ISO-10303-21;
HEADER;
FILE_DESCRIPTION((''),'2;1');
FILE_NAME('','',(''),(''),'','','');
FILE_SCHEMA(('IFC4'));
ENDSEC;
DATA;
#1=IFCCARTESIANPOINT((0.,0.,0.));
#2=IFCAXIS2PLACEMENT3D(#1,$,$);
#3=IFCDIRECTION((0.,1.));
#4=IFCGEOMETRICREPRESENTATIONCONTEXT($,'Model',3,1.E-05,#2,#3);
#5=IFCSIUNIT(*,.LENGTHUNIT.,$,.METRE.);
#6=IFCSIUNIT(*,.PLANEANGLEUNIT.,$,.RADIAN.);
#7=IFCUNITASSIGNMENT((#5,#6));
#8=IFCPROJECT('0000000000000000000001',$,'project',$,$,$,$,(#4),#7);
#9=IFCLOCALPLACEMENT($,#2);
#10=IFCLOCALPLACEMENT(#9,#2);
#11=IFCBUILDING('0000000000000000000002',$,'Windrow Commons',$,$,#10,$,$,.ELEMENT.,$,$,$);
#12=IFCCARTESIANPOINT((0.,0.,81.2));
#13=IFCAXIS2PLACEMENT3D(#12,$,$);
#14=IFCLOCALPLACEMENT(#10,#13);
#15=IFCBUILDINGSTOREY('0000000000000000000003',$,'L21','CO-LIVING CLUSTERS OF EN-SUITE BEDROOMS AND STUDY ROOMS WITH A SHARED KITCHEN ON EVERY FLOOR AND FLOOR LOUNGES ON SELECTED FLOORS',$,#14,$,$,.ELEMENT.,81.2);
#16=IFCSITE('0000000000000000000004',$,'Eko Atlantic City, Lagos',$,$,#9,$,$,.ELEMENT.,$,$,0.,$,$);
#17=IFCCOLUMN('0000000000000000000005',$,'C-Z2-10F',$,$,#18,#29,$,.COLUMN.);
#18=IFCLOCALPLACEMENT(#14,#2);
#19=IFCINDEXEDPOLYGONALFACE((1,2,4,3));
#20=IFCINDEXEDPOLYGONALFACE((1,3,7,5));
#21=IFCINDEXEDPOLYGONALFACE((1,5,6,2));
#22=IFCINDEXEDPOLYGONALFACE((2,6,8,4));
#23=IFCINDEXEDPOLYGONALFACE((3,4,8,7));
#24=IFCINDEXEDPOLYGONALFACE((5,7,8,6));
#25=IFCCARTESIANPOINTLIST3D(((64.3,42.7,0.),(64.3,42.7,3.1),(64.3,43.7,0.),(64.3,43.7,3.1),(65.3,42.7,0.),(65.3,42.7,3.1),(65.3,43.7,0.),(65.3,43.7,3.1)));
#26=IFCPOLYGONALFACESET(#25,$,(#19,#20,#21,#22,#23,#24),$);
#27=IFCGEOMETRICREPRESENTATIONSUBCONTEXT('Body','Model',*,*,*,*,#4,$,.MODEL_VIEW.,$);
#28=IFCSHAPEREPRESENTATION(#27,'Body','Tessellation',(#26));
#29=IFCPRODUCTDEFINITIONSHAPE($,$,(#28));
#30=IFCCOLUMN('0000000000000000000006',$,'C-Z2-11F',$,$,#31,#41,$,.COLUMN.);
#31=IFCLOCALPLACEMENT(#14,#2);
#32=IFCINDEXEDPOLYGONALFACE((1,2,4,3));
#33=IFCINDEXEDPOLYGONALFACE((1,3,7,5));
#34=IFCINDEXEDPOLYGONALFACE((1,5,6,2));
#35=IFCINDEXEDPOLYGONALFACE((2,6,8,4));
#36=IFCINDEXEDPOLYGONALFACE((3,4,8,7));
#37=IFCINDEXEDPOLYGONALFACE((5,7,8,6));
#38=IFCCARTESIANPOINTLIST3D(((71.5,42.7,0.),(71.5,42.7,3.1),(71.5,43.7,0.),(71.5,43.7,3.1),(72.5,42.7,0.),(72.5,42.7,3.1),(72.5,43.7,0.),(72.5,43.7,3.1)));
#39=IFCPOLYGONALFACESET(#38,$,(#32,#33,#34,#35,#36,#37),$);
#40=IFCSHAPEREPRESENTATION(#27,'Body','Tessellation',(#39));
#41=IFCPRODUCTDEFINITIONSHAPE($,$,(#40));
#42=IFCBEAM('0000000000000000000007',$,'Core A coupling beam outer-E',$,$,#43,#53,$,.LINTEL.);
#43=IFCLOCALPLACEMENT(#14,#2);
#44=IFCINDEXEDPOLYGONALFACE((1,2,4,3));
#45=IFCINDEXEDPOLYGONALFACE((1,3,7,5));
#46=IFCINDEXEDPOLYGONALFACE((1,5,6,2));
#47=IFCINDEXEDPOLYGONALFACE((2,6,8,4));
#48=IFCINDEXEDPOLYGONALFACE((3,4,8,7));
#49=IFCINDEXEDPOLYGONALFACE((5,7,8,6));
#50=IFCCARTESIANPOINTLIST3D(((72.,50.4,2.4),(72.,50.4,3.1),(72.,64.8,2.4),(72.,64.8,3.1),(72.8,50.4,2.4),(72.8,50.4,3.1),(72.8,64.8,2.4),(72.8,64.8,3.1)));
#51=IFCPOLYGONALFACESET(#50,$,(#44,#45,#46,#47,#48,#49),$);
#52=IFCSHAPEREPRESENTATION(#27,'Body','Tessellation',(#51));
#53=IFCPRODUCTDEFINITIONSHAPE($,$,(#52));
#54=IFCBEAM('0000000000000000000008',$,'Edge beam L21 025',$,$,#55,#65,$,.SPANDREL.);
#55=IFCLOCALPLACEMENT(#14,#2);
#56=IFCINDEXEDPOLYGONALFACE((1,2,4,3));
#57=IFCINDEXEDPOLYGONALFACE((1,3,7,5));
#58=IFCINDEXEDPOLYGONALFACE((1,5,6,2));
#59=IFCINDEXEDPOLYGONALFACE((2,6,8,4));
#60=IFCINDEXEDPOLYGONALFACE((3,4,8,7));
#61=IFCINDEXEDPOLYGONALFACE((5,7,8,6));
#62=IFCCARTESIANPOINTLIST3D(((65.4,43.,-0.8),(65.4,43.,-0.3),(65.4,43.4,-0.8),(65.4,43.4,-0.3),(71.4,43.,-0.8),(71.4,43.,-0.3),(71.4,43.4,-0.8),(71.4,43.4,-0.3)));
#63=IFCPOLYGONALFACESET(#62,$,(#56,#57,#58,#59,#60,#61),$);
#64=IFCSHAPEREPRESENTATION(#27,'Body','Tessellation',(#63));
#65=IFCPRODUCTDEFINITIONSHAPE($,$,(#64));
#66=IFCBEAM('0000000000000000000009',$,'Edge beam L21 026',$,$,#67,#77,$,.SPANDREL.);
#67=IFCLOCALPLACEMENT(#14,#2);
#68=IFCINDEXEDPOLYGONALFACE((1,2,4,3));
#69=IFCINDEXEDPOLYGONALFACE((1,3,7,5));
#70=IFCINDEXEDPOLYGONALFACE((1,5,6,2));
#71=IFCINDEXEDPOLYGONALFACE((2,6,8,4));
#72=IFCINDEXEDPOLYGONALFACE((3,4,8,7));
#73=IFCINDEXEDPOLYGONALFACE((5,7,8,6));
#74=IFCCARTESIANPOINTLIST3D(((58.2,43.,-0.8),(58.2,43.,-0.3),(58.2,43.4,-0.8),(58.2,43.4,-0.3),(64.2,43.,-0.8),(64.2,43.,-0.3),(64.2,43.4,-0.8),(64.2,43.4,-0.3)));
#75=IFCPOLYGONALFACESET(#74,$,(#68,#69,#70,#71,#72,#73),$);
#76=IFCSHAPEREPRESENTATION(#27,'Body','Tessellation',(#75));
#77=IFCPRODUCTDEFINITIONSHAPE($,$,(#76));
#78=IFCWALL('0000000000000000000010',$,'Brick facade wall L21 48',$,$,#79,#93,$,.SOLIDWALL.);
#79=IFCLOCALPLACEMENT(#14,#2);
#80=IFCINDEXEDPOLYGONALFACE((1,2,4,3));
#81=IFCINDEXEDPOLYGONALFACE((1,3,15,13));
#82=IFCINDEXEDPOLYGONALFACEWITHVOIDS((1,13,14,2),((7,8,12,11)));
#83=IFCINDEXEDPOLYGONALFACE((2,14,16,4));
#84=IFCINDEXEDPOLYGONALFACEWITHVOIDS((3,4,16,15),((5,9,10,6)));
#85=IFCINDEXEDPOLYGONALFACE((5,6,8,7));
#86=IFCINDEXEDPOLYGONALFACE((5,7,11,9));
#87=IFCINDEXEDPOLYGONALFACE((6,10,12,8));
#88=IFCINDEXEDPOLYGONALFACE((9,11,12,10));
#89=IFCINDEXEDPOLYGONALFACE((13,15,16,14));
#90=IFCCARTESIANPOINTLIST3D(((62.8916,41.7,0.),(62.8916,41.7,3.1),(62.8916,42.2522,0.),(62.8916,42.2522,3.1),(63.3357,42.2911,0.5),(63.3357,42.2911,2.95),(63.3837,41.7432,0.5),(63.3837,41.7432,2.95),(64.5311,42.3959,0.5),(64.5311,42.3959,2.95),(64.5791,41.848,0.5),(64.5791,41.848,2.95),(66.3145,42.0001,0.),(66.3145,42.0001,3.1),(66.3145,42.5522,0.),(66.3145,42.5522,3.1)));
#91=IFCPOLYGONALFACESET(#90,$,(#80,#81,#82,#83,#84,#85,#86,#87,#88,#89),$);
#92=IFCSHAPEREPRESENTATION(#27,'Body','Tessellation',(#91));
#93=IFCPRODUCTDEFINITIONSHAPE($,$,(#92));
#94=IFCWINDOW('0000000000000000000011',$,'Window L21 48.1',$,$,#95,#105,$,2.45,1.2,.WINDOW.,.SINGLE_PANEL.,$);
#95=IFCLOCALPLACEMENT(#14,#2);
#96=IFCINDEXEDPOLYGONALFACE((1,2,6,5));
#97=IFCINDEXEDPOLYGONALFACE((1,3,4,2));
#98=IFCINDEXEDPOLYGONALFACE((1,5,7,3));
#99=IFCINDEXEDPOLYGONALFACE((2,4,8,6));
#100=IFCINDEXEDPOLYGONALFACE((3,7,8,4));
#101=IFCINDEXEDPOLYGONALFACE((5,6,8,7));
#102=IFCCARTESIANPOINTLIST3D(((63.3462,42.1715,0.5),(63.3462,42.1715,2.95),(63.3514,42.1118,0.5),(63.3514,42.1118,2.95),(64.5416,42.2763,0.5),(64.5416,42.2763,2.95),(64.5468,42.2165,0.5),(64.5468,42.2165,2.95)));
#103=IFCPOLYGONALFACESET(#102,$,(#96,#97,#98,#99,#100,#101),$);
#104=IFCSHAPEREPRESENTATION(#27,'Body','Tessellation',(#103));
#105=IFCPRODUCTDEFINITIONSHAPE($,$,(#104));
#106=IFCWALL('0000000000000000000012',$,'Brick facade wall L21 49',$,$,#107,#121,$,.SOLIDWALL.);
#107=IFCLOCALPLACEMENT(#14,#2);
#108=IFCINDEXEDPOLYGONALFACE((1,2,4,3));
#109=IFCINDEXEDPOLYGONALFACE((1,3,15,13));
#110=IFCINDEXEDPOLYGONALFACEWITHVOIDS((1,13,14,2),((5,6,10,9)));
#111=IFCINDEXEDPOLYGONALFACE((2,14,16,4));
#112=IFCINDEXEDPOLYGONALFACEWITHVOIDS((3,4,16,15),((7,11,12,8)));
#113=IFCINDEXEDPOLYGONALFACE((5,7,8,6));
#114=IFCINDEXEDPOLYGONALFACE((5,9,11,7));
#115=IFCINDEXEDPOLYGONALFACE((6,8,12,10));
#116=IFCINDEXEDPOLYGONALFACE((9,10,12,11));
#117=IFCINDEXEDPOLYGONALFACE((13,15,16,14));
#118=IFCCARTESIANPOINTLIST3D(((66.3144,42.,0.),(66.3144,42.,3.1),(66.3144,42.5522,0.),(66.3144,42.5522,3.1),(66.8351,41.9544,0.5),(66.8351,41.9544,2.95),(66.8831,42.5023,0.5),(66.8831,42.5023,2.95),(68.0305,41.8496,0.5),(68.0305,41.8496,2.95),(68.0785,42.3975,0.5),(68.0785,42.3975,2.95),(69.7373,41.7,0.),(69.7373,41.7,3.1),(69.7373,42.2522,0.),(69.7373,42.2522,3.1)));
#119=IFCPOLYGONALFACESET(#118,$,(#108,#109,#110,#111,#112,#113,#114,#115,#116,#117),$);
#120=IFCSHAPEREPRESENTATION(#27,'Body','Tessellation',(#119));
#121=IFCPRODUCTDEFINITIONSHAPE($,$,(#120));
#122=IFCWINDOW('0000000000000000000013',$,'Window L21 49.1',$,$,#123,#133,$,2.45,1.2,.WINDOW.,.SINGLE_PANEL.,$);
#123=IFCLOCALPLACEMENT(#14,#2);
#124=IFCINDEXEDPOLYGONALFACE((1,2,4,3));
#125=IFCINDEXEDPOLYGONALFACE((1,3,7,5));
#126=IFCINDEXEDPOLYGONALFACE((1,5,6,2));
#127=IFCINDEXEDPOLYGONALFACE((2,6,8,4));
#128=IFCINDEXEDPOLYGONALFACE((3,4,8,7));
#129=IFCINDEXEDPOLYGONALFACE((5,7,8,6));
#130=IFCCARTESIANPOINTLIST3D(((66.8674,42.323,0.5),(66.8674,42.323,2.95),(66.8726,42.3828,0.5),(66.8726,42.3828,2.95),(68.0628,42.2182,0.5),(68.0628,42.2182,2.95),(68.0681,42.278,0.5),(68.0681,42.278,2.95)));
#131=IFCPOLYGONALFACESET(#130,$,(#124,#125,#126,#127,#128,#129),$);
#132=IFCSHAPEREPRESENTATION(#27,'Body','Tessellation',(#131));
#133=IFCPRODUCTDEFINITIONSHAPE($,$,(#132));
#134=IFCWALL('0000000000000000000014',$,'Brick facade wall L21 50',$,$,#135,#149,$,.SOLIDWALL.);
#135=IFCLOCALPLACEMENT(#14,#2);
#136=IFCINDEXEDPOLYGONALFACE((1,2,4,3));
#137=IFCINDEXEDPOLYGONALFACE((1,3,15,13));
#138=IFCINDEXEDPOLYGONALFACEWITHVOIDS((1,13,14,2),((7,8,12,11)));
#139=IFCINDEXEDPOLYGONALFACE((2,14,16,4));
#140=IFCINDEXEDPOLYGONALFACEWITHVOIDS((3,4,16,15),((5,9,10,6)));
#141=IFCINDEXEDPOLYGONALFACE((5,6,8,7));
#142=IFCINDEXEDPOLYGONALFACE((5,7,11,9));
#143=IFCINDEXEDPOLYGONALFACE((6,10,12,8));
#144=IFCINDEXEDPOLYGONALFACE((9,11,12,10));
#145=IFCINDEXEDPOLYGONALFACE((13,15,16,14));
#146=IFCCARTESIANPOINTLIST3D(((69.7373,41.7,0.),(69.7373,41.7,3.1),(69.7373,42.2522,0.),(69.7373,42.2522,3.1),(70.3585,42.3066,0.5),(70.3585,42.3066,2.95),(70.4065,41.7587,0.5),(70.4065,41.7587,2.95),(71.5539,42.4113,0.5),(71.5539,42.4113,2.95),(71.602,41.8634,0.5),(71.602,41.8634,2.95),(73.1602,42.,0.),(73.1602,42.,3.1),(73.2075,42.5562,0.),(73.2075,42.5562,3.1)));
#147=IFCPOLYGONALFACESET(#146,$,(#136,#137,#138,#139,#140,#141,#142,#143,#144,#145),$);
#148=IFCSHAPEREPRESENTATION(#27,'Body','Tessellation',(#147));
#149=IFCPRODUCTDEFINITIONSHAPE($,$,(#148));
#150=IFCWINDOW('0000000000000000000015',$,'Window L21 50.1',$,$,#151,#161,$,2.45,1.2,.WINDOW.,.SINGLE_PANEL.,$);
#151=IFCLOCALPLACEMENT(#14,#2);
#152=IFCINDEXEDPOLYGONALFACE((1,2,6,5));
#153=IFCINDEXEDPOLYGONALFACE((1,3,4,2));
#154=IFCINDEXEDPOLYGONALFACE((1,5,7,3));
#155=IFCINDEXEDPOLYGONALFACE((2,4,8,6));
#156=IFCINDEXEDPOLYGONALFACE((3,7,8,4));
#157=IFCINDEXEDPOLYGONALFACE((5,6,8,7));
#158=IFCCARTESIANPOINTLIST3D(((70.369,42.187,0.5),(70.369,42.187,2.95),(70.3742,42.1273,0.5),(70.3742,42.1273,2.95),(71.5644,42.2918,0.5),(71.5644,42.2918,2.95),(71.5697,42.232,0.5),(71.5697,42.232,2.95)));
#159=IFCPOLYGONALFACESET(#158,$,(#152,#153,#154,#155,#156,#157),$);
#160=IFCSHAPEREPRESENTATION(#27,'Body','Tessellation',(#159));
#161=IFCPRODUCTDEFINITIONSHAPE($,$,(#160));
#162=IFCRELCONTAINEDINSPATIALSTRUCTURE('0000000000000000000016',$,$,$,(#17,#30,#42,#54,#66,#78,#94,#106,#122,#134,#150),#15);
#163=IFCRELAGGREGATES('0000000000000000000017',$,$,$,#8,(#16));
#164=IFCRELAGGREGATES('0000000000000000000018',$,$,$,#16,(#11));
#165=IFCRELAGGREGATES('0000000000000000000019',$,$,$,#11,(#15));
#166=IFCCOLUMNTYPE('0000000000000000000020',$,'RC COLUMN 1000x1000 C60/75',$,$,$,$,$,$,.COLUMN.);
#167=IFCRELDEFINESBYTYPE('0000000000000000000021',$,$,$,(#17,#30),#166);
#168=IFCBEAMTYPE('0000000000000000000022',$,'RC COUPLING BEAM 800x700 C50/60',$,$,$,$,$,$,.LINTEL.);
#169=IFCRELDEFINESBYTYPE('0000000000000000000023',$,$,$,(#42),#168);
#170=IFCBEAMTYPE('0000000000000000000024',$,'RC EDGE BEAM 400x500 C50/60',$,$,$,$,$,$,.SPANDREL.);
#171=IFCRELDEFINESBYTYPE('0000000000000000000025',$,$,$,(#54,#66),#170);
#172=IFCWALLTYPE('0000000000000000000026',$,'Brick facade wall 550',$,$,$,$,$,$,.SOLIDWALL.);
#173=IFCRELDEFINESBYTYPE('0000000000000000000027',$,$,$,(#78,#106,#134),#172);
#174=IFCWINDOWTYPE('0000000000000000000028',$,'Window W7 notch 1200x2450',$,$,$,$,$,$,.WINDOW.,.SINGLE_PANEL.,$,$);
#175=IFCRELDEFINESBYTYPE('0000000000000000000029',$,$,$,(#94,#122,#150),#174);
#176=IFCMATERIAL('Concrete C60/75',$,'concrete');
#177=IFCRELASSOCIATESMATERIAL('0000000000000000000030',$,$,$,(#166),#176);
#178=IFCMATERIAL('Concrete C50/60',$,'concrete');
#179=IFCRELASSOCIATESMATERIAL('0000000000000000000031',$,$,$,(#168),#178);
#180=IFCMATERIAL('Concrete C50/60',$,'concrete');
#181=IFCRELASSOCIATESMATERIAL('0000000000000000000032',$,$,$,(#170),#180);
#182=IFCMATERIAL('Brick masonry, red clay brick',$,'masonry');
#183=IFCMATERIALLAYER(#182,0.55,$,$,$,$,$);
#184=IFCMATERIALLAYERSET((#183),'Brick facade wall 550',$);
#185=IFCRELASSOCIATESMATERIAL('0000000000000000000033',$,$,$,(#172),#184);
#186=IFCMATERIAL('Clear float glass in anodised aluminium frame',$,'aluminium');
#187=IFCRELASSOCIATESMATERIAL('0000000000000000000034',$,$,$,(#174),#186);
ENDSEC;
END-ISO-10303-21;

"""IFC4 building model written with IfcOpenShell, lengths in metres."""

from ifc_helpers import new_model, si_unit, direction, frame, frame_2d, origin, origin_2d, place, context, subcontext, project, spatial, polyline, rectangle, outline, extrude, material, layer, layer_set, material_profile, profile_set, type_object, element, fill, save


model = new_model("IFC4")

# Units and contexts
model_context = context("Model", 3, precision=1e-05, world=origin(), true_north=direction((0.0, 1.0)))
body_context = subcontext(model_context, "Body", "Model", "MODEL_VIEW")
ifc_project = project(units=[si_unit("LENGTHUNIT", "METRE"), si_unit("PLANEANGLEUNIT", "RADIAN")], contexts=[model_context])

# Site, building, storey
site_placement = place(None, origin())
site = spatial("IfcSite", under=ifc_project, at=site_placement, Name="Eko Atlantic City, Lagos", CompositionType="ELEMENT", RefElevation=0.0)
building_placement = place(site_placement, origin())
building = spatial("IfcBuilding", under=site, at=building_placement, Name="Windrow Commons", CompositionType="ELEMENT")
storey_placement = place(building_placement, frame((0.0, 0.0, 81.2)))
storey = spatial("IfcBuildingStorey", under=building, at=storey_placement, Name="L21", Description="CO-LIVING CLUSTERS OF EN-SUITE BEDROOMS AND STUDY ROOMS WITH A SHARED KITCHEN ON EVERY FLOOR AND FLOOR LOUNGES ON SELECTED FLOORS", CompositionType="ELEMENT", Elevation=81.2)

# Columns
ifc_material_1 = material(Name="Concrete C60/75", Category="concrete")
ifc_material_profile_1 = material_profile(ifc_material_1, rectangle(XDim=1.0, YDim=1.0, at=origin_2d()))
ifc_profile_set_1 = profile_set([ifc_material_profile_1], Name="Concrete C60/75")
column_type = type_object("IfcColumnType", Name="RC COLUMN 1000x1000 C60/75", PredefinedType="COLUMN", material=ifc_profile_set_1)
for number, where, z_axis, x_axis, name in (
    (1, (64.8, 43.2, 0.0), (0.0, 0.0, 1.0), (1.0, 0.0, 0.0), "C-Z2-10F"),
    (2, (72.0, 43.2, 0.0), (0.0, 0.0, 1.0), (1.0, 0.0, 0.0), "C-Z2-11F"),
):
    element("IfcColumn", number, at=place(storey_placement, frame(where, z_axis=z_axis, x_axis=x_axis)), inside=storey, type_object=column_type, Name=name, PredefinedType="COLUMN", context=body_context, shape_type="SweptSolid", body=[
        extrude(rectangle(XDim=1.0, YDim=1.0, at=origin_2d()), origin(), (0.0, 0.0, 1.0), 3.1),
    ])

# Beams
ifc_material_2 = material(Name="Concrete C50/60", Category="concrete")
ifc_material_profile_2 = material_profile(ifc_material_2, rectangle(XDim=0.8, YDim=0.7, at=origin_2d()))
ifc_profile_set_2 = profile_set([ifc_material_profile_2], Name="Concrete C50/60")
beam_type_1 = type_object("IfcBeamType", Name="RC COUPLING BEAM 800x700 C50/60", PredefinedType="LINTEL", material=ifc_profile_set_2)
beam_placement = place(storey_placement, frame((72.4, 50.4, 2.75), z_axis=(0.0, 1.0, 0.0), x_axis=(-1.0, 0.0, 0.0)))
element("IfcBeam", 3, at=beam_placement, inside=storey, type_object=beam_type_1, Name="Core A coupling beam outer-E", PredefinedType="LINTEL", context=body_context, shape_type="SweptSolid", body=[
    extrude(rectangle(XDim=0.8, YDim=0.7, at=origin_2d()), origin(), (0.0, 0.0, 1.0), 14.4),
])
ifc_material_3 = material(Name="Concrete C50/60", Category="concrete")
ifc_material_profile_3 = material_profile(ifc_material_3, rectangle(XDim=0.4, YDim=0.5, at=origin_2d()))
ifc_profile_set_3 = profile_set([ifc_material_profile_3], Name="Concrete C50/60")
beam_type_2 = type_object("IfcBeamType", Name="RC EDGE BEAM 400x500 C50/60", PredefinedType="SPANDREL", material=ifc_profile_set_3)
for number, where, z_axis, x_axis, name in (
    (4, (71.4, 43.2, -0.55), (-1.0, 0.0, 0.0), (0.0, -1.0, 0.0), "Edge beam L21 025"),
    (5, (64.2, 43.2, -0.55), (-1.0, 0.0, 0.0), (0.0, -1.0, 0.0), "Edge beam L21 026"),
):
    element("IfcBeam", number, at=place(storey_placement, frame(where, z_axis=z_axis, x_axis=x_axis)), inside=storey, type_object=beam_type_2, Name=name, PredefinedType="SPANDREL", context=body_context, shape_type="SweptSolid", body=[
        extrude(rectangle(XDim=0.4, YDim=0.5, at=origin_2d()), origin(), (0.0, 0.0, 1.0), 6.0),
    ])

# Walls, openings, windows
ifc_material_4 = material(Name="Brick masonry, red clay brick", Category="masonry")
ifc_layer_1 = layer(ifc_material_4, 0.55)
ifc_layer_set_1 = layer_set([ifc_layer_1], Name="Brick facade wall 550")
wall_type_1 = type_object("IfcWallType", Name="Brick facade wall 550", PredefinedType="SOLIDWALL", material=ifc_layer_set_1)
wall_1_placement = place(storey_placement, frame((62.8916, 41.9761, 0.0), z_axis=(0.0, 0.0, 1.0), x_axis=(0.996181, 0.087313, 0.0)))
wall_1 = element("IfcWall", 6, at=wall_1_placement, inside=storey, type_object=wall_type_1, Name="Brick facade wall L21 48", PredefinedType="SOLIDWALL", context=body_context, shape_type="SweptSolid", body=[
    extrude(outline(polyline([(-0.0241, -0.275), (3.4119, -0.275), (3.4601, 0.275), (0.0241, 0.275), (-0.0241, -0.275)])), origin(), (0.0, 0.0, 1.0), 3.1),
])
opening_1_placement = place(wall_1_placement, frame((0.4699, 0.0, 0.5)))
opening_1 = element("IfcOpeningElement", 7, at=opening_1_placement, cuts=wall_1, PredefinedType="OPENING", context=body_context, shape_type="SweptSolid", body=[
    extrude(rectangle(XDim=1.2, YDim=2.45, at=frame_2d((0.6, 1.225))), frame((0.0, 0.285, 0.0), z_axis=(0.0, -1.0, 0.0), x_axis=(1.0, 0.0, 0.0)), (0.0, 0.0, 1.0), 0.57),
])
ifc_material_5 = material(Name="Clear float glass in anodised aluminium frame", Category="aluminium")
window_type = type_object("IfcWindowType", Name="Window W7 notch 1200x2450", PartitioningType="SINGLE_PANEL", PredefinedType="WINDOW", material=ifc_material_5)
window_1_placement = place(opening_1_placement, origin())
window_1 = element("IfcWindow", 8, at=window_1_placement, inside=storey, type_object=window_type, Name="Window L21 48.1", OverallHeight=2.45, OverallWidth=1.2, PartitioningType="SINGLE_PANEL", PredefinedType="WINDOW", context=body_context, shape_type="SweptSolid", body=[
    extrude(rectangle(XDim=1.2, YDim=2.45, at=frame_2d((0.6, 1.225))), frame((0.0, 0.155, 0.0), z_axis=(0.0, -1.0, 0.0), x_axis=(1.0, 0.0, 0.0)), (0.0, 0.0, 1.0), 0.06),
])
fill(opening_1, window_1)
wall_2_placement = place(storey_placement, frame((66.3144, 42.2761, 0.0), z_axis=(0.0, 0.0, 1.0), x_axis=(0.996181, -0.08731, 0.0)))
wall_2 = element("IfcWall", 9, at=wall_2_placement, inside=storey, type_object=wall_type_1, Name="Brick facade wall L21 49", PredefinedType="SOLIDWALL", context=body_context, shape_type="SweptSolid", body=[
    extrude(outline(polyline([(0.0241, -0.275), (3.4601, -0.275), (3.4119, 0.275), (-0.0241, 0.275), (0.0241, -0.275)])), origin(), (0.0, 0.0, 1.0), 3.1),
])
opening_2_placement = place(wall_2_placement, frame((0.5468, 0.0, 0.5)))
opening_2 = element("IfcOpeningElement", 10, at=opening_2_placement, cuts=wall_2, PredefinedType="OPENING", context=body_context, shape_type="SweptSolid", body=[
    extrude(rectangle(XDim=1.2, YDim=2.45, at=frame_2d((0.6, 1.225))), frame((0.0, 0.285, 0.0), z_axis=(0.0, -1.0, 0.0), x_axis=(1.0, 0.0, 0.0)), (0.0, 0.0, 1.0), 0.57),
])
window_2_placement = place(opening_2_placement, origin())
window_2 = element("IfcWindow", 11, at=window_2_placement, inside=storey, type_object=window_type, Name="Window L21 49.1", OverallHeight=2.45, OverallWidth=1.2, PartitioningType="SINGLE_PANEL", PredefinedType="WINDOW", context=body_context, shape_type="SweptSolid", body=[
    extrude(rectangle(XDim=1.2, YDim=2.45, at=frame_2d((0.6, 1.225))), frame((0.0, 0.155, 0.0), z_axis=(0.0, -1.0, 0.0), x_axis=(1.0, 0.0, 0.0)), (0.0, 0.0, 1.0), 0.06),
])
fill(opening_2, window_2)
wall_3_placement = place(storey_placement, frame((69.7373, 41.9761, 0.0), z_axis=(0.0, 0.0, 1.0), x_axis=(0.996183, 0.087288, 0.0)))
wall_3 = element("IfcWall", 12, at=wall_3_placement, inside=storey, type_object=wall_type_1, Name="Brick facade wall L21 50", PredefinedType="SOLIDWALL", context=body_context, shape_type="SweptSolid", body=[
    extrude(outline(polyline([(-0.0241, -0.275), (3.4119, -0.275), (3.5076, 0.275), (0.0241, 0.275), (-0.0241, -0.275)])), origin(), (0.0, 0.0, 1.0), 3.1),
])
opening_3_placement = place(wall_3_placement, frame((0.6477, 0.0, 0.5)))
opening_3 = element("IfcOpeningElement", 13, at=opening_3_placement, cuts=wall_3, PredefinedType="OPENING", context=body_context, shape_type="SweptSolid", body=[
    extrude(rectangle(XDim=1.2, YDim=2.45, at=frame_2d((0.6, 1.225))), frame((0.0, 0.285, 0.0), z_axis=(0.0, -1.0, 0.0), x_axis=(1.0, 0.0, 0.0)), (0.0, 0.0, 1.0), 0.57),
])
window_3_placement = place(opening_3_placement, origin())
window_3 = element("IfcWindow", 14, at=window_3_placement, inside=storey, type_object=window_type, Name="Window L21 50.1", OverallHeight=2.45, OverallWidth=1.2, PartitioningType="SINGLE_PANEL", PredefinedType="WINDOW", context=body_context, shape_type="SweptSolid", body=[
    extrude(rectangle(XDim=1.2, YDim=2.45, at=frame_2d((0.6, 1.225))), frame((0.0, 0.155, 0.0), z_axis=(0.0, -1.0, 0.0), x_axis=(1.0, 0.0, 0.0)), (0.0, 0.0, 1.0), 0.06),
])
fill(opening_3, window_3)

save(model, "model.ifc")
